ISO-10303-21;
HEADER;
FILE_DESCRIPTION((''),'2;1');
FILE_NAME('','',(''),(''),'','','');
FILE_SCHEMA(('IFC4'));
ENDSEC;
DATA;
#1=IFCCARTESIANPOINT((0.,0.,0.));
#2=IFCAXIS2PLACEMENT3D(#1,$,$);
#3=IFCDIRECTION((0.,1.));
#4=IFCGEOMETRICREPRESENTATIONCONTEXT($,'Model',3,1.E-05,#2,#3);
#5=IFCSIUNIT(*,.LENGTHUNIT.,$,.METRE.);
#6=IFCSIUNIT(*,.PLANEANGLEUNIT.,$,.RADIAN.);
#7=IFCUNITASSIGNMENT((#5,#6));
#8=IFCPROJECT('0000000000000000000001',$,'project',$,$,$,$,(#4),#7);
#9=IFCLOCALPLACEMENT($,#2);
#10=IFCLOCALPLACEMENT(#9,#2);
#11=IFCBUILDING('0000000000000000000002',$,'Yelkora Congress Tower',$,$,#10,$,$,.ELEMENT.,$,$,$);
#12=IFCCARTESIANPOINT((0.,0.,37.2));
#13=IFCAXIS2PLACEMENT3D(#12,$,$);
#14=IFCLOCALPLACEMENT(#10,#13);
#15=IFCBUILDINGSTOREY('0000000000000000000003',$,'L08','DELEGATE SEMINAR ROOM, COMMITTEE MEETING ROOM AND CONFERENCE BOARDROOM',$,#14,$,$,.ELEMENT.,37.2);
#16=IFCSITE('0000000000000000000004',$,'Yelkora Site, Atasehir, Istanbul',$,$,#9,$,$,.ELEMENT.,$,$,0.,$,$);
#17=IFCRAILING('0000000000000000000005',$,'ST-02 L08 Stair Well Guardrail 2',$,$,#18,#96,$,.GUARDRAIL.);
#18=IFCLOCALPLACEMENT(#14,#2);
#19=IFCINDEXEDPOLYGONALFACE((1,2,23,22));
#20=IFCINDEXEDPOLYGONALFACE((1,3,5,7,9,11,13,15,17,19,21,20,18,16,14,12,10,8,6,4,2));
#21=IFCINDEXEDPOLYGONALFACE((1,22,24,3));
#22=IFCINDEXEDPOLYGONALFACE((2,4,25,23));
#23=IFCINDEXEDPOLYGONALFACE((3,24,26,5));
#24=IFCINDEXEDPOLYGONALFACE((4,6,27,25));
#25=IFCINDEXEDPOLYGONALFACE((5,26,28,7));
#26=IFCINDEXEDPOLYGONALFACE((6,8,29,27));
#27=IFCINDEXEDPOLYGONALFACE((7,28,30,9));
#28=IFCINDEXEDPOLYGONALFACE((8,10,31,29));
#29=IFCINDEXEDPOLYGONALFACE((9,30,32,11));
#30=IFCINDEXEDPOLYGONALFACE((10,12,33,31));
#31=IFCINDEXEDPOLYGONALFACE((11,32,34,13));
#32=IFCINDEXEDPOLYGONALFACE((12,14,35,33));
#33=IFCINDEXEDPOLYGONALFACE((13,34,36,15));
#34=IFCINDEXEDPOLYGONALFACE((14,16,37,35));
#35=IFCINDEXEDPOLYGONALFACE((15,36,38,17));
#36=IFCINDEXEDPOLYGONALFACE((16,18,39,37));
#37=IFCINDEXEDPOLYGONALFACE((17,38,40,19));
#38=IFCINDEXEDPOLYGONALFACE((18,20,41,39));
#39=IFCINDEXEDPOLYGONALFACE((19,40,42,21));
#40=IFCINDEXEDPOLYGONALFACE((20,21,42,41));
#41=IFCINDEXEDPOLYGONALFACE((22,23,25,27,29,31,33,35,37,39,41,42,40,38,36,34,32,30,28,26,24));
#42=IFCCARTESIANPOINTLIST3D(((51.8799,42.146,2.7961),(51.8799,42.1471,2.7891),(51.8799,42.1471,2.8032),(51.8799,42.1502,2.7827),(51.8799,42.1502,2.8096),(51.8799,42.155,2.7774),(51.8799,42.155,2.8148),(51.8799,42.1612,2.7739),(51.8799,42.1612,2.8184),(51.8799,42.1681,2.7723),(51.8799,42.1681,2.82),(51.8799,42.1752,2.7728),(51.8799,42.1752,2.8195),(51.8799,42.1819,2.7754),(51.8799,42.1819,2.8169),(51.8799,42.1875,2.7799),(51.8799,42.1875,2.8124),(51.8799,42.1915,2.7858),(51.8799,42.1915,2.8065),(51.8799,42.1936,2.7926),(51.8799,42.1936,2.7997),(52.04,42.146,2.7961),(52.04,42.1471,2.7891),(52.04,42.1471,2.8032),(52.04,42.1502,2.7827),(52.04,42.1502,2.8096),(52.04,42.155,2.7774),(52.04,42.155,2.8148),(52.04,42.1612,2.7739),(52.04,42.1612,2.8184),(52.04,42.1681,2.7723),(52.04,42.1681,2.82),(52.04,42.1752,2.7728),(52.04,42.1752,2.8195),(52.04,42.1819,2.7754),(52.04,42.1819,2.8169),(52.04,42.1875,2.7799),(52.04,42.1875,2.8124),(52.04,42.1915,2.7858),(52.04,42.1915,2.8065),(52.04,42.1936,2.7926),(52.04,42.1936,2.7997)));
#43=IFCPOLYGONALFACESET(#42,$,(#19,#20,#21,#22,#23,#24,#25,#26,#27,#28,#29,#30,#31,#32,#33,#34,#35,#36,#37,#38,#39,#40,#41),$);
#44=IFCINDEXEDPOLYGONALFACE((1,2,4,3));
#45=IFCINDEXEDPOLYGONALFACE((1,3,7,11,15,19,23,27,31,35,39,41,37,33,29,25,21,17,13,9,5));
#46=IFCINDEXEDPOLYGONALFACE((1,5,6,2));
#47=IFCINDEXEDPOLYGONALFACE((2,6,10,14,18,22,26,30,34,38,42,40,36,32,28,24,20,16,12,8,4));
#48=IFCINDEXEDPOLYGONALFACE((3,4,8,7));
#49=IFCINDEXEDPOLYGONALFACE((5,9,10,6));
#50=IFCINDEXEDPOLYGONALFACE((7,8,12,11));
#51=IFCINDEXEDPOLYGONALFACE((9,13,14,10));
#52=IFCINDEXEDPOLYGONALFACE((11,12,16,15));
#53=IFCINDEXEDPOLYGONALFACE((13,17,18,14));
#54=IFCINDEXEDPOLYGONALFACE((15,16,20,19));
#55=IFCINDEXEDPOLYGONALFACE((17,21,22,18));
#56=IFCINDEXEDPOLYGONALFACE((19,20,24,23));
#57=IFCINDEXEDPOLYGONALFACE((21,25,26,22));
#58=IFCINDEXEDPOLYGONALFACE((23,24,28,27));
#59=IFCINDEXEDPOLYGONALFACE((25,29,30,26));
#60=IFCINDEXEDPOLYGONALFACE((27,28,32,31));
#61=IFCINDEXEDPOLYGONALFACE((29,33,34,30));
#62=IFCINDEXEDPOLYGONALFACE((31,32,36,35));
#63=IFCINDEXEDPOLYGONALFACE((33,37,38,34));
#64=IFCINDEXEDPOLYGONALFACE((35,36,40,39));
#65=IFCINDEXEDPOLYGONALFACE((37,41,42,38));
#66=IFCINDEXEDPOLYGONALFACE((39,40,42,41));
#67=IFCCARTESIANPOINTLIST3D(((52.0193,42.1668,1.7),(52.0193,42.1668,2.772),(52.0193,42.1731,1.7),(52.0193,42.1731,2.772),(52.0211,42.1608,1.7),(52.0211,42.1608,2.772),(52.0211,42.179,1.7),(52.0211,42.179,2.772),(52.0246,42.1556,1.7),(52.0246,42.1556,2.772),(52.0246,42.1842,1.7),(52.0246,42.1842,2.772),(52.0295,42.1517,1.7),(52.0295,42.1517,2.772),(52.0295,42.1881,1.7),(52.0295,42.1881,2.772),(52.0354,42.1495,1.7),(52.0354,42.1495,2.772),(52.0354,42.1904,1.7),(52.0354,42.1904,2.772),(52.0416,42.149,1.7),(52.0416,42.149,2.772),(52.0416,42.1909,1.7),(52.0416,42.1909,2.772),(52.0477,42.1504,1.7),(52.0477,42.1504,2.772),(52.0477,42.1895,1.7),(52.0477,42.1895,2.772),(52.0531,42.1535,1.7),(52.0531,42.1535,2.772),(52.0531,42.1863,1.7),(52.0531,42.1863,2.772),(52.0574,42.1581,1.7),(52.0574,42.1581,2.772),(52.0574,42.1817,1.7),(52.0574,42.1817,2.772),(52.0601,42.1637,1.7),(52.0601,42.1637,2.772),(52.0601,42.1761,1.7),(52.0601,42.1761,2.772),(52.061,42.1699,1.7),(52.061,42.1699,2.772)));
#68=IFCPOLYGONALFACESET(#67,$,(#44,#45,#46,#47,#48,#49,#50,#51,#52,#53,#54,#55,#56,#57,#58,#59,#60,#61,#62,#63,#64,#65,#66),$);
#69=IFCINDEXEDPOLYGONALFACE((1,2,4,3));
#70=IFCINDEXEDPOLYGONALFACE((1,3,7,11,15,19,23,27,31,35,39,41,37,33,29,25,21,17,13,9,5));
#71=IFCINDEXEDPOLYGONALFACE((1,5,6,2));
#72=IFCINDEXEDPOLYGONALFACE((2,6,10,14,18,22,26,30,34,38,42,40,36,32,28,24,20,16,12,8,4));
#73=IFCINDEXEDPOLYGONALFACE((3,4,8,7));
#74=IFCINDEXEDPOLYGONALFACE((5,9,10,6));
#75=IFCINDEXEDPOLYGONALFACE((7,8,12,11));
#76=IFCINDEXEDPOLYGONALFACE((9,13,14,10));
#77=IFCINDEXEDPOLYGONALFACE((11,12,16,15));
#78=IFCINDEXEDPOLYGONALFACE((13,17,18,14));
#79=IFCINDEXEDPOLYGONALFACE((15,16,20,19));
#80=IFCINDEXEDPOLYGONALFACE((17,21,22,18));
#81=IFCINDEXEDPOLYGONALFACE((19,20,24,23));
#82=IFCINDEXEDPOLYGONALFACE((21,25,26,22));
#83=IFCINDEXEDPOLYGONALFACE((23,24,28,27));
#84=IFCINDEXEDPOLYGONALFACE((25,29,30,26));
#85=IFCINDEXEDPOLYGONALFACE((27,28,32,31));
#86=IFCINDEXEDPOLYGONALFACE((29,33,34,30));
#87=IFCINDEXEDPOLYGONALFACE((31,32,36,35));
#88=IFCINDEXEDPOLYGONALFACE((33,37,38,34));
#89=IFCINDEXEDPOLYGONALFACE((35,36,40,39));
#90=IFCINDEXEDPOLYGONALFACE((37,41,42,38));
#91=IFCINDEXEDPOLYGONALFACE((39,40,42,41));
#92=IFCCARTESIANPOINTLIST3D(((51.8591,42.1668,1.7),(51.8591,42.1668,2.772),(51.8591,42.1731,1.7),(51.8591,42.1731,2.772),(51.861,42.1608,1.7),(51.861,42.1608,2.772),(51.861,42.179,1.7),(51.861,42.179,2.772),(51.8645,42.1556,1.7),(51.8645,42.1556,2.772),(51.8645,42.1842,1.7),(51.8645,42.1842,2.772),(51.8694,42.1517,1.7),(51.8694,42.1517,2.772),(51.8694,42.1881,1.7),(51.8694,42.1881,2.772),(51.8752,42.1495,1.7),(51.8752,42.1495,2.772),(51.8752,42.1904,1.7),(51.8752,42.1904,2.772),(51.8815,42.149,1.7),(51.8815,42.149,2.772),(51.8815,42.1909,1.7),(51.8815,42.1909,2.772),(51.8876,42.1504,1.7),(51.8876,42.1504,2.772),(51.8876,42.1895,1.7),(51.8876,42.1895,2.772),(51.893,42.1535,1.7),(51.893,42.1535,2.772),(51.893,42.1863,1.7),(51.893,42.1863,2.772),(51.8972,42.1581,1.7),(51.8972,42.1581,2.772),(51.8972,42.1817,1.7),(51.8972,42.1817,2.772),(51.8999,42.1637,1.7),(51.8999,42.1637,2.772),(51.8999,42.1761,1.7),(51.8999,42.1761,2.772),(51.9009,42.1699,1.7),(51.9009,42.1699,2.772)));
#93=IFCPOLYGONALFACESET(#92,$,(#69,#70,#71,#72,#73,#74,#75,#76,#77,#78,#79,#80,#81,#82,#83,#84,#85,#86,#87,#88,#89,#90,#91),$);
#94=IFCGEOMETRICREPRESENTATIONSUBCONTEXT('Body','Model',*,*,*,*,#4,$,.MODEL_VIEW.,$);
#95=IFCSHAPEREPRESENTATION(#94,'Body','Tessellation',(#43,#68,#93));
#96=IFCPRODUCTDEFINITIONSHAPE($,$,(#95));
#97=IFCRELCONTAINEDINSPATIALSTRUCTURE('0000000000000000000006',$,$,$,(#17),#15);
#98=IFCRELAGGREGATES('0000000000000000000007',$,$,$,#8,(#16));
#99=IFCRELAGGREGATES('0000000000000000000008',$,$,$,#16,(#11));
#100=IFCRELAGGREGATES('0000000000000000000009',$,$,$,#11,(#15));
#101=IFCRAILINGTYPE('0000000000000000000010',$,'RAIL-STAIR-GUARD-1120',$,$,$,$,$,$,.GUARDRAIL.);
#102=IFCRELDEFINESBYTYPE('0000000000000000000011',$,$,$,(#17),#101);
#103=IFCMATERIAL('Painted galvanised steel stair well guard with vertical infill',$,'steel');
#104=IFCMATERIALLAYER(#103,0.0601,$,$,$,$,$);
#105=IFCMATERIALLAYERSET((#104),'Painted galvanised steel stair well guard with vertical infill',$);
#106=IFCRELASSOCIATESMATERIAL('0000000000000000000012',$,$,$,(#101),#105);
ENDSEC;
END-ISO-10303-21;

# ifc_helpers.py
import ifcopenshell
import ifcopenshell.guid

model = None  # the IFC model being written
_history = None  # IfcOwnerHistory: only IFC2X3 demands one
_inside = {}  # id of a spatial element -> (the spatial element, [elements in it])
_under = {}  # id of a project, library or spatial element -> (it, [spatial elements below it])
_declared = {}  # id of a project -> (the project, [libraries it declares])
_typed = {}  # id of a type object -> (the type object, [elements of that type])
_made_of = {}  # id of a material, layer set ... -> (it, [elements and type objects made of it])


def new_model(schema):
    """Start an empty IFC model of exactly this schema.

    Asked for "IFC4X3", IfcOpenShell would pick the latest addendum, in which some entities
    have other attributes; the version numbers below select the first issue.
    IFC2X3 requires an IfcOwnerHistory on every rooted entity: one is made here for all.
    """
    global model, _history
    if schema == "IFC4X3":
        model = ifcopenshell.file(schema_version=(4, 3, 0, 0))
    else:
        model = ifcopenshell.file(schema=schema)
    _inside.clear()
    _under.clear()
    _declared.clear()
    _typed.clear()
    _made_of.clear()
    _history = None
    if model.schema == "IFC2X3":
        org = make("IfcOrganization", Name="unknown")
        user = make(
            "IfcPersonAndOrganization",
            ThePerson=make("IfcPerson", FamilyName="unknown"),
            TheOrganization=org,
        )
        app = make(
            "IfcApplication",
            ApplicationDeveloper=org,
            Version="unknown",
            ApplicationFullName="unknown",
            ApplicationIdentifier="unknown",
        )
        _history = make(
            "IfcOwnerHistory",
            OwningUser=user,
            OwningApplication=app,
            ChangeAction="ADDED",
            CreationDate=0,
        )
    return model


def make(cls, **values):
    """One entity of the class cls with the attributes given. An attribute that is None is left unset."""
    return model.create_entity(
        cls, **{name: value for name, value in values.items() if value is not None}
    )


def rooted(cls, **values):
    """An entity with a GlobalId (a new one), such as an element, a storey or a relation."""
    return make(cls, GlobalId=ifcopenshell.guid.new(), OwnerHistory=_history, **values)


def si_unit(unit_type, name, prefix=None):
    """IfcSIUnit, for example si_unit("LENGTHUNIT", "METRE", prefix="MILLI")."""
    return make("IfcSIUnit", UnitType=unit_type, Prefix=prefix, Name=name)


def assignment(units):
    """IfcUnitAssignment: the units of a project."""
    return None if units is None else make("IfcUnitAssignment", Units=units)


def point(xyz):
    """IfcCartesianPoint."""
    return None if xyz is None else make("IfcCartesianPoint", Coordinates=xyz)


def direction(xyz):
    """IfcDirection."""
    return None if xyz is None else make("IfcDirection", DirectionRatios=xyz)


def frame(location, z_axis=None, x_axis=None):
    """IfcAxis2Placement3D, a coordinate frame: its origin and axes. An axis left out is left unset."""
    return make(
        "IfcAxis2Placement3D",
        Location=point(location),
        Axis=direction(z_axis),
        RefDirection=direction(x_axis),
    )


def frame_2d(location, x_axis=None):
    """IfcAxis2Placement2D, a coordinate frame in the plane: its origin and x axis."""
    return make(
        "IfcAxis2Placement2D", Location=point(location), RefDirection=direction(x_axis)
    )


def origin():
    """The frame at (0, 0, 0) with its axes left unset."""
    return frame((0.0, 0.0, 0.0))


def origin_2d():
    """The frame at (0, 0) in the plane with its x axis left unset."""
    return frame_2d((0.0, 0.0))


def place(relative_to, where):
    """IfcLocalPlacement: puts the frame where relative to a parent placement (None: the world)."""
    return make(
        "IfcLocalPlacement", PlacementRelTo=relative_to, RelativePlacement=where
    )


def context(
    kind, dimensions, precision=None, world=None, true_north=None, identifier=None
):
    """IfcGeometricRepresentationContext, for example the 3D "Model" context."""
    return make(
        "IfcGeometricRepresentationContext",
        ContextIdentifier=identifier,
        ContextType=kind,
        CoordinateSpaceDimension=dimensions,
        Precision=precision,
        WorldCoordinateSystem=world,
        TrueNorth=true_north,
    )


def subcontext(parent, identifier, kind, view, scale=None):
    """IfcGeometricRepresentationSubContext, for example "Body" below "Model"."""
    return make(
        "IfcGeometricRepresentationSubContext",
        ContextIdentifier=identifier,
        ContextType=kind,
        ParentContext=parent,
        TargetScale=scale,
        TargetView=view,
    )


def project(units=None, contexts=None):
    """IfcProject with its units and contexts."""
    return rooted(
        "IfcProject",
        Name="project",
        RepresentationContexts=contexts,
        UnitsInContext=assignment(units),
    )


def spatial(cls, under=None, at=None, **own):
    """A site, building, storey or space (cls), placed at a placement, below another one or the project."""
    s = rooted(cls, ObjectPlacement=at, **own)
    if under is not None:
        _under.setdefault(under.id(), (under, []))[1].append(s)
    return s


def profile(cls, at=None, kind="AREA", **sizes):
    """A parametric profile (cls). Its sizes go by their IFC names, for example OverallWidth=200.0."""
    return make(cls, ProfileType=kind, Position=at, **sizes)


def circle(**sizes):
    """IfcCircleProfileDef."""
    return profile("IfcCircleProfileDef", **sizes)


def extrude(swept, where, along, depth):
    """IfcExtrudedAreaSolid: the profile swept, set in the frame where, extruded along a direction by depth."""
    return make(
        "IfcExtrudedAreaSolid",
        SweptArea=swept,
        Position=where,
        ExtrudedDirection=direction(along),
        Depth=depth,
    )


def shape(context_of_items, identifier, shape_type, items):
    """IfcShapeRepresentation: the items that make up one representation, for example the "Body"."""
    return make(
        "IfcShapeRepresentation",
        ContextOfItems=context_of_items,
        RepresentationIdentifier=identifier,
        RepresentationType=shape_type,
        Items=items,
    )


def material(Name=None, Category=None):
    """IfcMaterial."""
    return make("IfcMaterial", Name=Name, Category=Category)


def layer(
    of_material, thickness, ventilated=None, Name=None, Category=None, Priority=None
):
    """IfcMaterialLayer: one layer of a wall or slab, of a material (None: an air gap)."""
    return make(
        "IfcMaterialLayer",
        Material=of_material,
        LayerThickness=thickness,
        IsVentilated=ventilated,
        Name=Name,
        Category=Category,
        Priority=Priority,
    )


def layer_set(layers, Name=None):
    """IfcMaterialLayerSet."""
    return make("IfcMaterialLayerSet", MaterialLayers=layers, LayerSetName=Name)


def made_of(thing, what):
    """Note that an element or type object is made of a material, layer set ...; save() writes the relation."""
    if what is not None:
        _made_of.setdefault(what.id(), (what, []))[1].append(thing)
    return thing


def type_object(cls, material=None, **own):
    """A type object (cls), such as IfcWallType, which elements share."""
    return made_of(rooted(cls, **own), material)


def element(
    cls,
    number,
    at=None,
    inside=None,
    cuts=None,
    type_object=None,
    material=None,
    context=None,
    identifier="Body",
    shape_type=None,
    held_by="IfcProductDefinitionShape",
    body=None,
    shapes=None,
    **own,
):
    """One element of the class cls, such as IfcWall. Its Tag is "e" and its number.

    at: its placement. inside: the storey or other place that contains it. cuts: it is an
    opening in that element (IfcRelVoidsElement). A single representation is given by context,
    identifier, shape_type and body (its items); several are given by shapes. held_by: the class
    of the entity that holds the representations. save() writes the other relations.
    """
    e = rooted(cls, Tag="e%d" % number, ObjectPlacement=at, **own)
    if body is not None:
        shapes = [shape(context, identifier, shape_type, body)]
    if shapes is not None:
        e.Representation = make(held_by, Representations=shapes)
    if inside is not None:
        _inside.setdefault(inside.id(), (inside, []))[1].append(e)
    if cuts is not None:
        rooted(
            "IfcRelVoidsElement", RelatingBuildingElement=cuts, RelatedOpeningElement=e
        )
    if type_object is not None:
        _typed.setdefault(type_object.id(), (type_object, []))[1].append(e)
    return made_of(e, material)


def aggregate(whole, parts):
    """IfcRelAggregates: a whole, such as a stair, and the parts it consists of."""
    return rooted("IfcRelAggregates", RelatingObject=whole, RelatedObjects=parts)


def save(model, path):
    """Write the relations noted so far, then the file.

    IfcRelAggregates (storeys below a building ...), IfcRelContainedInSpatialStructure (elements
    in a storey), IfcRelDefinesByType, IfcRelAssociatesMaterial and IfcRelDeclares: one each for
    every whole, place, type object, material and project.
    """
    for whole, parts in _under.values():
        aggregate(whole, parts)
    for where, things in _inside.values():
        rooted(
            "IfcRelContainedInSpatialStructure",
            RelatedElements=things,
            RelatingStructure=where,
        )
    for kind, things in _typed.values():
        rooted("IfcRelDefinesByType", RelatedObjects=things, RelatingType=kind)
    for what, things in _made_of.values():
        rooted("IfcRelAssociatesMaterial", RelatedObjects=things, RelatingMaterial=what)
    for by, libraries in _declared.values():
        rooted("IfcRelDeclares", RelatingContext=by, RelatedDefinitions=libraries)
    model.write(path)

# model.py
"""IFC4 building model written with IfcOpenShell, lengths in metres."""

from ifc_helpers import new_model, si_unit, direction, frame, origin, origin_2d, place, context, subcontext, project, spatial, circle, extrude, material, layer, layer_set, type_object, element, save


model = new_model("IFC4")

# Units and contexts
model_context = context("Model", 3, precision=1e-05, world=origin(), true_north=direction((0.0, 1.0)))
body_context = subcontext(model_context, "Body", "Model", "MODEL_VIEW")
ifc_project = project(units=[si_unit("LENGTHUNIT", "METRE"), si_unit("PLANEANGLEUNIT", "RADIAN")], contexts=[model_context])

# Site, building, storey
site_placement = place(None, origin())
site = spatial("IfcSite", under=ifc_project, at=site_placement, Name="Yelkora Site, Atasehir, Istanbul", CompositionType="ELEMENT", RefElevation=0.0)
building_placement = place(site_placement, origin())
building = spatial("IfcBuilding", under=site, at=building_placement, Name="Yelkora Congress Tower", CompositionType="ELEMENT")
storey_placement = place(building_placement, frame((0.0, 0.0, 37.2)))
storey = spatial("IfcBuildingStorey", under=building, at=storey_placement, Name="L08", Description="DELEGATE SEMINAR ROOM, COMMITTEE MEETING ROOM AND CONFERENCE BOARDROOM", CompositionType="ELEMENT", Elevation=37.2)

# Railing
ifc_material_1 = material(Name="Painted galvanised steel stair well guard with vertical infill", Category="steel")
ifc_layer_1 = layer(ifc_material_1, 0.0601)
ifc_layer_set_1 = layer_set([ifc_layer_1], Name="Painted galvanised steel stair well guard with vertical infill")
railing_type_1 = type_object("IfcRailingType", Name="RAIL-STAIR-GUARD-1120", PredefinedType="GUARDRAIL", material=ifc_layer_set_1)
railing_1_placement = place(storey_placement, frame((52.04, 42.1699, 1.7)))
element("IfcRailing", 1, at=railing_1_placement, inside=storey, type_object=railing_type_1, Name="ST-02 L08 Stair Well Guardrail 2", PredefinedType="GUARDRAIL", context=body_context, shape_type="SweptSolid", body=[
    extrude(circle(Radius=0.0239, at=origin_2d()), frame((0.0, 0.0, 1.0962), z_axis=(-1.0, 0.0, 0.0), x_axis=(0.0, -1.0, 0.0)), (0.0, 0.0, 1.0), 0.1602),
    extrude(circle(Radius=0.021, at=origin_2d()), origin(), (0.0, 0.0, 1.0), 1.072),
    extrude(circle(Radius=0.021, at=origin_2d()), frame((-0.1602, 0.0, 0.0)), (0.0, 0.0, 1.0), 1.072),
])

save(model, "model.ifc")
